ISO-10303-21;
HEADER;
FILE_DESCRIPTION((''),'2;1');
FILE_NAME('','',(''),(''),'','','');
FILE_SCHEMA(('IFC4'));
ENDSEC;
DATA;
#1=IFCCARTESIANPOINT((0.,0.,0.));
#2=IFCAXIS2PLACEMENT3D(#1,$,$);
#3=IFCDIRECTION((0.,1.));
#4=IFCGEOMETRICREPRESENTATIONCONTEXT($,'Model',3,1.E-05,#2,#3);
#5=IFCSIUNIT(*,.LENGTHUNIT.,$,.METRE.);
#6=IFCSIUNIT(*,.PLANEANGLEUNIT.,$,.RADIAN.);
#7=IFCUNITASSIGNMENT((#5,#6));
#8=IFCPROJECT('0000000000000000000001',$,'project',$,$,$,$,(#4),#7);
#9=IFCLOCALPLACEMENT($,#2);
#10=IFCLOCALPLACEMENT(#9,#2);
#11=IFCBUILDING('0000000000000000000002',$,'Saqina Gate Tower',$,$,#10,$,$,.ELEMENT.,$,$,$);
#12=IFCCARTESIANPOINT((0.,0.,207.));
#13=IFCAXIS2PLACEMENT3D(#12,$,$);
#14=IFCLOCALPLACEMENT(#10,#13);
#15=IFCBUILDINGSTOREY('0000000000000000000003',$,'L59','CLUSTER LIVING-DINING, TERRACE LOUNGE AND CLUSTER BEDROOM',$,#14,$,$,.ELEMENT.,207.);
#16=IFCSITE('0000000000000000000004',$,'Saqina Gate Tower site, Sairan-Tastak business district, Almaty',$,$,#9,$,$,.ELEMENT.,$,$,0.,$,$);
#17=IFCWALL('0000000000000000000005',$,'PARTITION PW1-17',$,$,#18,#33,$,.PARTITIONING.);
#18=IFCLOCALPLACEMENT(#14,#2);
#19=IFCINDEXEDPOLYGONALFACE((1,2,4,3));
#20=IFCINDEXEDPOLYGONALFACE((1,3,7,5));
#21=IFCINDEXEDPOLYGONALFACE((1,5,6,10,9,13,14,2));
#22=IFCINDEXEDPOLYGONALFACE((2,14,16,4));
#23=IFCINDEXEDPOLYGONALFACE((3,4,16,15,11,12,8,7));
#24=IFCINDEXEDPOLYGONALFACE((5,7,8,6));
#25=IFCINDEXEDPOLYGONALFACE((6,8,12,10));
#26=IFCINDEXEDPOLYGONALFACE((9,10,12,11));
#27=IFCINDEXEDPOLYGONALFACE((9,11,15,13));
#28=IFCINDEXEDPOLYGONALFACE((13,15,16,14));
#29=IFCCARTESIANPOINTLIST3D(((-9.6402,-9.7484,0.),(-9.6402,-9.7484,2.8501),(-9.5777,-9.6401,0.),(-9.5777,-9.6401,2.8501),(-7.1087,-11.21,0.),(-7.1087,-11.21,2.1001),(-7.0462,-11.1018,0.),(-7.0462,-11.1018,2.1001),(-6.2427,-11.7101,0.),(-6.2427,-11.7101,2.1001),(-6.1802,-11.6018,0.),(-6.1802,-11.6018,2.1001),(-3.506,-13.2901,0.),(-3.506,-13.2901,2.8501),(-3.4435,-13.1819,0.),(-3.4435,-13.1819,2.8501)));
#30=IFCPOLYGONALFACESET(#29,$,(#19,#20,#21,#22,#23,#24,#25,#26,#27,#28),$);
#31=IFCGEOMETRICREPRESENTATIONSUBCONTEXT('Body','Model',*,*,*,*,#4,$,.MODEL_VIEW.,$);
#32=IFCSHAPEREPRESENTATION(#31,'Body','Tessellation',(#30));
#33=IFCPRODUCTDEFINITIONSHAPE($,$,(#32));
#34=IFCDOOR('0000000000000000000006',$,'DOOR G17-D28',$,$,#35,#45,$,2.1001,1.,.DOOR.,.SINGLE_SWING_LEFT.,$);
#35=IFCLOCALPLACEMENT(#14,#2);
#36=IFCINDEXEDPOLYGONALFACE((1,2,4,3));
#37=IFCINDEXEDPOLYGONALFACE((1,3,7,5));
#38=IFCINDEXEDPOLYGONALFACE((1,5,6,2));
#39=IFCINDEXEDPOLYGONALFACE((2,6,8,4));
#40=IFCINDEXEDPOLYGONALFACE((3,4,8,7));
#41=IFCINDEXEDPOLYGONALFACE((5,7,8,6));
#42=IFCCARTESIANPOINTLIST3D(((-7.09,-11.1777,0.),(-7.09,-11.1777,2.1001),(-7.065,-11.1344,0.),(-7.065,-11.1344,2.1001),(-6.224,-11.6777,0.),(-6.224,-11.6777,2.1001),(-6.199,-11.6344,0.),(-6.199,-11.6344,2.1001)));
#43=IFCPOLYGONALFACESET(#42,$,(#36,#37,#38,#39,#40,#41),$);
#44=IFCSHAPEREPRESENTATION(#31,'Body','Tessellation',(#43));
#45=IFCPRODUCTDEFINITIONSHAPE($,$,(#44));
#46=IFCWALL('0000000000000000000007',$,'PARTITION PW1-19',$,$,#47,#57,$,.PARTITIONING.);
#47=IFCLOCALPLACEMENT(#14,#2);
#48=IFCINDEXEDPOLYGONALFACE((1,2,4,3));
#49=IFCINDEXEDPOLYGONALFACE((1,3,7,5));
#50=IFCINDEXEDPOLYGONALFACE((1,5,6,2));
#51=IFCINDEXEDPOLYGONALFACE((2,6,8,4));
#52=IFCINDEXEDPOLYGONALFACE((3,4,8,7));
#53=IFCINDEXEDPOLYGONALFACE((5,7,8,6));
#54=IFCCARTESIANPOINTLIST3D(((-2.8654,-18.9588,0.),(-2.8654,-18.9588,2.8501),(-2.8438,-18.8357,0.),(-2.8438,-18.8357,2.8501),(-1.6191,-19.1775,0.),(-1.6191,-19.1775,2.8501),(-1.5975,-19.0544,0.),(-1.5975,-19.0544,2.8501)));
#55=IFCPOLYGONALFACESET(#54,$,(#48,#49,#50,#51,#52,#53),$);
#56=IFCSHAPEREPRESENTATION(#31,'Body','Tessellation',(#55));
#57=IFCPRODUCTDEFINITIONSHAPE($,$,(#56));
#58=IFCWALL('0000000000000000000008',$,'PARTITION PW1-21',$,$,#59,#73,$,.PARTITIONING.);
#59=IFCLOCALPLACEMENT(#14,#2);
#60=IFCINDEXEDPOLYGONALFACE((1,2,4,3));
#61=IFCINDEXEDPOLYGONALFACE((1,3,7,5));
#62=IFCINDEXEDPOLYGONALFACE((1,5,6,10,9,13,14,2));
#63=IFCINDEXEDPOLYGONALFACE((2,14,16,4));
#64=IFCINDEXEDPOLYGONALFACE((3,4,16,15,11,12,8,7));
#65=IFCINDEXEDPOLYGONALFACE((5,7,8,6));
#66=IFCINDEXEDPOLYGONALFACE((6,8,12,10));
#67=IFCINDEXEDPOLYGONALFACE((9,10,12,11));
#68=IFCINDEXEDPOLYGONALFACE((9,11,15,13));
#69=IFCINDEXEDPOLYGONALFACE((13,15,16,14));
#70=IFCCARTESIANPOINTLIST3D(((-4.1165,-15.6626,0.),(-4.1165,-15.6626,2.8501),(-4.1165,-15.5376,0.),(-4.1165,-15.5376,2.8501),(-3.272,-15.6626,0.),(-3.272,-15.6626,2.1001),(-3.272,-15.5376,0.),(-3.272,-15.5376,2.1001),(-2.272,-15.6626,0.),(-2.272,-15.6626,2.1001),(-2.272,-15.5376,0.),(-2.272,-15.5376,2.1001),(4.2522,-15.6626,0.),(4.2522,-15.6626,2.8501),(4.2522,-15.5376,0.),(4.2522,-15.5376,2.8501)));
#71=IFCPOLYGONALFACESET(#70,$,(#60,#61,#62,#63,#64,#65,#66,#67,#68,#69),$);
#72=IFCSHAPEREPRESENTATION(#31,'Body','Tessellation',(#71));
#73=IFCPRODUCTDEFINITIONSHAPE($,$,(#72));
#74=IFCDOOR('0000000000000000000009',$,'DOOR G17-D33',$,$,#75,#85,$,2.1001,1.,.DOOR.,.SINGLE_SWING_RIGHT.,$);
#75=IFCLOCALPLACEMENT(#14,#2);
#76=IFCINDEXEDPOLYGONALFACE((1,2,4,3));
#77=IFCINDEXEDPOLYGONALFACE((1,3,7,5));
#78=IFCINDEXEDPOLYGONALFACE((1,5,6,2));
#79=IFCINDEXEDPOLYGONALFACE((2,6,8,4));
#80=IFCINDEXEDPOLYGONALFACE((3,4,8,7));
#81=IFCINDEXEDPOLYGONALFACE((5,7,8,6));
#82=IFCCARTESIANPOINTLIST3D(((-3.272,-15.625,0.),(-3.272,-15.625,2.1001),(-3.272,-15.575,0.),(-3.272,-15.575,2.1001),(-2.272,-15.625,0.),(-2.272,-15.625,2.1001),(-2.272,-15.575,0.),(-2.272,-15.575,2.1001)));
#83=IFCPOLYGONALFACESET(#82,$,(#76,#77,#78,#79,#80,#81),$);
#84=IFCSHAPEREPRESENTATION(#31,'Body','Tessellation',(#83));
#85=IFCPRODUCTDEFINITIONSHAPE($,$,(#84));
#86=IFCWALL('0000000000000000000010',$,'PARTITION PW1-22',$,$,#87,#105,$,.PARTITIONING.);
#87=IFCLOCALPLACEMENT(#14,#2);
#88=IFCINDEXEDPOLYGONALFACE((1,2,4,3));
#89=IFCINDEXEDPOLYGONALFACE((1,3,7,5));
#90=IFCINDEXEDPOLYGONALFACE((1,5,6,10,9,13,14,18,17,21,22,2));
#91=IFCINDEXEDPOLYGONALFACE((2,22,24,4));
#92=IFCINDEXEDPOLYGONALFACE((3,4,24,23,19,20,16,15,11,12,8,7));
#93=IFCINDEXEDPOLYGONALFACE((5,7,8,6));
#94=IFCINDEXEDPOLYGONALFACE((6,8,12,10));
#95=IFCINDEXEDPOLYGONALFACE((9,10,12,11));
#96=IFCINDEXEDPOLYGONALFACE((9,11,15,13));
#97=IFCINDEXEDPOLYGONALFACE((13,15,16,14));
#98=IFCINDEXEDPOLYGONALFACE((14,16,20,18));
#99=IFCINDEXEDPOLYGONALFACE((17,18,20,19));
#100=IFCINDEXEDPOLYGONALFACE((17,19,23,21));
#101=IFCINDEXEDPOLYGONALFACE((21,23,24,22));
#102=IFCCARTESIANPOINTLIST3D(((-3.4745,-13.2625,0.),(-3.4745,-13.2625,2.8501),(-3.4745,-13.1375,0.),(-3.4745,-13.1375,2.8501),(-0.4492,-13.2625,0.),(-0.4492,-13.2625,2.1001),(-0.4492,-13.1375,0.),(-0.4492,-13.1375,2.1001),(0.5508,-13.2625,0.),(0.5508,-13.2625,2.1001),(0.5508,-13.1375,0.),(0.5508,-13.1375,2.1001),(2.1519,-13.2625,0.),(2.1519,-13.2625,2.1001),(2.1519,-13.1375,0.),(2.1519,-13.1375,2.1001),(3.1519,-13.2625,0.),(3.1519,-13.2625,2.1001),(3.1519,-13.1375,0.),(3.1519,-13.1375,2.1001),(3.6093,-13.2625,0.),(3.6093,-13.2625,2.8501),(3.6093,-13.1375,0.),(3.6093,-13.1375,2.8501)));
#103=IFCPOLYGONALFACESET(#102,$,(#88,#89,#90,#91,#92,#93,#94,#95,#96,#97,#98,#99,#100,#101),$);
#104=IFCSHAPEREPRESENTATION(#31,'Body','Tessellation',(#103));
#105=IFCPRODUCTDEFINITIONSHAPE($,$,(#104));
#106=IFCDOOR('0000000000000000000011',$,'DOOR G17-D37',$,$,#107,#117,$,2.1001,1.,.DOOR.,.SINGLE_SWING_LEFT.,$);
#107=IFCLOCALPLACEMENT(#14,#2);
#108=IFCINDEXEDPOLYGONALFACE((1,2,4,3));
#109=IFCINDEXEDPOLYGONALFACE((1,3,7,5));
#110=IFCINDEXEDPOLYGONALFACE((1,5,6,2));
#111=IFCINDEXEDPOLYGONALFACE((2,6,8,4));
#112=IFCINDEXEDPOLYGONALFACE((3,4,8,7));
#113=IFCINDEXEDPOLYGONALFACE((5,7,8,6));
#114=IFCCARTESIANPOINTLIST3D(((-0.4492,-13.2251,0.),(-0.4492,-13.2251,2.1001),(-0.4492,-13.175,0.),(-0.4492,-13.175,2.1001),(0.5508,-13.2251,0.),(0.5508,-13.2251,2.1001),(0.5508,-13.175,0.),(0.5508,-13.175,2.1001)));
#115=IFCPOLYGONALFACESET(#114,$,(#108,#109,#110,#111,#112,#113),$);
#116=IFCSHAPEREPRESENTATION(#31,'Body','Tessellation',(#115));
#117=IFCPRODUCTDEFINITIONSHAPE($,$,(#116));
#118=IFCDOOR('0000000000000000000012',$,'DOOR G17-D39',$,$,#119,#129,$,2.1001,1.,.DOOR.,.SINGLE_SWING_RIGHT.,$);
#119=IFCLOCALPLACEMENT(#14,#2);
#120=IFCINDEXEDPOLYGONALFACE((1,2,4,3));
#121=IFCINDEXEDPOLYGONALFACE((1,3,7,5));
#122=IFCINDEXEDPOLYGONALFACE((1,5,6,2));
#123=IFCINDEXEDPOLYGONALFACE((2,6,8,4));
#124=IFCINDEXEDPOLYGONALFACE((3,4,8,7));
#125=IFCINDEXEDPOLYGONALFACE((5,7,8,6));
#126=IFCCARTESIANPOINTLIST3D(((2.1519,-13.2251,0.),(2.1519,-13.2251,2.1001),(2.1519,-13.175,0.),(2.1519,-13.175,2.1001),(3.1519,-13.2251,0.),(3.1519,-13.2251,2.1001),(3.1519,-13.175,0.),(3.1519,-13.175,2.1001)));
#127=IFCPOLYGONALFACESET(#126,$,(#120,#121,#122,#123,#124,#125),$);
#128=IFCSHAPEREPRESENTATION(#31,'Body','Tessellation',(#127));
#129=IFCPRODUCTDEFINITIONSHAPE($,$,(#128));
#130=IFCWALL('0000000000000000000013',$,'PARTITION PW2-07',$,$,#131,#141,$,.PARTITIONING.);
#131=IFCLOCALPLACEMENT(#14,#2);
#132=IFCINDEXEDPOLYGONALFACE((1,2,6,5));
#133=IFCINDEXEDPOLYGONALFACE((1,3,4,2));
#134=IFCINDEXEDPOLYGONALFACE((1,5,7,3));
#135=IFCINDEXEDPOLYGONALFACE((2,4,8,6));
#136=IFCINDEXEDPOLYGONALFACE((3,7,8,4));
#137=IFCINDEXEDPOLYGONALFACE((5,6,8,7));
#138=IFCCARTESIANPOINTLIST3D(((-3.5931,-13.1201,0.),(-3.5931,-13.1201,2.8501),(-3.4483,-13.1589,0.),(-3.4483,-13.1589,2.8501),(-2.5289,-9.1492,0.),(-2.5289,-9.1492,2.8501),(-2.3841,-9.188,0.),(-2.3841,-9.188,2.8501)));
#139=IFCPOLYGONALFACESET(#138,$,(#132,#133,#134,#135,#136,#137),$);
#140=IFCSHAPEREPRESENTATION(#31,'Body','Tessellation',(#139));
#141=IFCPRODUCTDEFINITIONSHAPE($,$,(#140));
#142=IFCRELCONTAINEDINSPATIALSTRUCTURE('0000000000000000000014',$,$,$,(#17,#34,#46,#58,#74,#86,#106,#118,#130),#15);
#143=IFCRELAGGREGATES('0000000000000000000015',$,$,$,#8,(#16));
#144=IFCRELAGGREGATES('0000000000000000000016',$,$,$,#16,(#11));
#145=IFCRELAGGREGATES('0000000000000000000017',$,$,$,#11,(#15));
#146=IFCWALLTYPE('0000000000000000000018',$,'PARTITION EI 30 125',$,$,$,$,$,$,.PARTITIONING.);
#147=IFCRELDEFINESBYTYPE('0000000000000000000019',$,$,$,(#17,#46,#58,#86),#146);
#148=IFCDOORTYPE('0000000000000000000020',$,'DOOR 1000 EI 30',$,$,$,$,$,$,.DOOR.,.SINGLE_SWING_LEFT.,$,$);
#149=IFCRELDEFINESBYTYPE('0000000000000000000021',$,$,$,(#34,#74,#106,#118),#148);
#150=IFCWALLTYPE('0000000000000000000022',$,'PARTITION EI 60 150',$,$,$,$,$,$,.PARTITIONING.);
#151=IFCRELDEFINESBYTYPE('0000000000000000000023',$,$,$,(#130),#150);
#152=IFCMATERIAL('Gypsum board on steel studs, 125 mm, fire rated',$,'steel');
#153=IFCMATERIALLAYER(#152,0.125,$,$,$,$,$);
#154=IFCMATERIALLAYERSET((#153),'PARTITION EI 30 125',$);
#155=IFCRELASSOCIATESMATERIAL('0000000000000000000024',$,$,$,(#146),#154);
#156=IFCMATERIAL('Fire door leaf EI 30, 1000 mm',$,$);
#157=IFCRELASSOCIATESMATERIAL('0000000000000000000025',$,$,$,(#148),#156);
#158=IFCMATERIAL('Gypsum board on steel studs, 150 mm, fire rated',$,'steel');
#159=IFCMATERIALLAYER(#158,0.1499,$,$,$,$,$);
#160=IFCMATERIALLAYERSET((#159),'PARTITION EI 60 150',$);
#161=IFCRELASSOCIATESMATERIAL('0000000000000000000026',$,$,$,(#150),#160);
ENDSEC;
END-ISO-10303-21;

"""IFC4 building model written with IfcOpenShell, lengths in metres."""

from ifc_helpers import new_model, si_unit, direction, frame, frame_2d, origin, place, context, subcontext, project, spatial, rectangle, extrude, material, layer, layer_set, type_object, element, fill, save


model = new_model("IFC4")

# Units and contexts
model_context = context("Model", 3, precision=1e-05, world=origin(), true_north=direction((0.0, 1.0)))
body_context = subcontext(model_context, "Body", "Model", "MODEL_VIEW")
ifc_project = project(units=[si_unit("LENGTHUNIT", "METRE"), si_unit("PLANEANGLEUNIT", "RADIAN")], contexts=[model_context])

# Site, building, storey
site_placement = place(None, origin())
site = spatial("IfcSite", under=ifc_project, at=site_placement, Name="Saqina Gate Tower site, Sairan-Tastak business district, Almaty", CompositionType="ELEMENT", RefElevation=0.0)
building_placement = place(site_placement, origin())
building = spatial("IfcBuilding", under=site, at=building_placement, Name="Saqina Gate Tower", CompositionType="ELEMENT")
storey_placement = place(building_placement, frame((0.0, 0.0, 207.0)))
storey = spatial("IfcBuildingStorey", under=building, at=storey_placement, Name="L59", Description="CLUSTER LIVING-DINING, TERRACE LOUNGE AND CLUSTER BEDROOM", CompositionType="ELEMENT", Elevation=207.0)

# Wall, opening, door
ifc_material_1 = material(Name="Gypsum board on steel studs, 125 mm, fire rated", Category="steel")
ifc_layer_1 = layer(ifc_material_1, 0.125)
ifc_layer_set_1 = layer_set([ifc_layer_1], Name="PARTITION EI 30 125")
wall_type_1 = type_object("IfcWallType", Name="PARTITION EI 30 125", PredefinedType="PARTITIONING", material=ifc_layer_set_1)
wall_1_placement = place(storey_placement, frame((-9.6089, -9.6943, 0.0), z_axis=(0.0, 0.0, 1.0), x_axis=(0.866018, -0.500013, 0.0)))
wall_1 = element("IfcWall", 1, at=wall_1_placement, inside=storey, type_object=wall_type_1, Name="PARTITION PW1-17", PredefinedType="PARTITIONING", context=body_context, shape_type="SweptSolid", body=[
    extrude(rectangle(XDim=7.0833, YDim=0.125, at=frame_2d((3.5415, 0.0))), origin(), (0.0, 0.0, 1.0), 2.8501),
])
opening_1_placement = place(wall_1_placement, frame((2.9231, 0.0, 0.0)))
opening_1 = element("IfcOpeningElement", 2, at=opening_1_placement, cuts=wall_1, PredefinedType="OPENING", context=body_context, shape_type="SweptSolid", body=[
    extrude(rectangle(XDim=1.0, YDim=2.1001, at=frame_2d((0.5, 1.05))), frame((0.0, 0.0745, 0.0), z_axis=(0.0, -1.0, 0.0), x_axis=(1.0, 0.0, 0.0)), (0.0, 0.0, 1.0), 0.1489),
])
ifc_material_2 = material(Name="Fire door leaf EI 30, 1000 mm")
door_type_1 = type_object("IfcDoorType", Name="DOOR 1000 EI 30", OperationType="SINGLE_SWING_LEFT", PredefinedType="DOOR", material=ifc_material_2)
door_1_placement = place(opening_1_placement, origin())
door_1 = element("IfcDoor", 3, at=door_1_placement, inside=storey, type_object=door_type_1, Name="DOOR G17-D28", OperationType="SINGLE_SWING_LEFT", OverallHeight=2.1001, OverallWidth=1.0, PredefinedType="DOOR", context=body_context, shape_type="SweptSolid", body=[
    extrude(rectangle(XDim=1.0, YDim=2.1001, at=frame_2d((0.5, 1.05))), frame((0.0, 0.0249, 0.0), z_axis=(0.0, -1.0, 0.0), x_axis=(1.0, 0.0, 0.0)), (0.0, 0.0, 1.0), 0.05),
])
fill(opening_1, door_1)

# Wall
wall_2_placement = place(storey_placement, frame((-2.8547, -18.8972, 0.0), z_axis=(0.0, 0.0, 1.0), x_axis=(0.984944, -0.172872, 0.0)))
element("IfcWall", 4, at=wall_2_placement, inside=storey, type_object=wall_type_1, Name="PARTITION PW1-19", PredefinedType="PARTITIONING", context=body_context, shape_type="SweptSolid", body=[
    extrude(rectangle(XDim=1.2654, YDim=0.125, at=frame_2d((0.6328, 0.0))), origin(), (0.0, 0.0, 1.0), 2.8501),
])

# Wall, opening, door
wall_3_placement = place(storey_placement, frame((-4.1165, -15.6001, 0.0), z_axis=(0.0, 0.0, 1.0), x_axis=(1.0, 0.0, 0.0)))
wall_3 = element("IfcWall", 5, at=wall_3_placement, inside=storey, type_object=wall_type_1, Name="PARTITION PW1-21", PredefinedType="PARTITIONING", context=body_context, shape_type="SweptSolid", body=[
    extrude(rectangle(XDim=8.3687, YDim=0.125, at=frame_2d((4.1843, 0.0))), origin(), (0.0, 0.0, 1.0), 2.8501),
])
opening_2_placement = place(wall_3_placement, frame((0.8445, 0.0, 0.0)))
opening_2 = element("IfcOpeningElement", 6, at=opening_2_placement, cuts=wall_3, PredefinedType="OPENING", context=body_context, shape_type="SweptSolid", body=[
    extrude(rectangle(XDim=1.0, YDim=2.1001, at=frame_2d((0.5, 1.05))), frame((0.0, 0.0745, 0.0), z_axis=(0.0, -1.0, 0.0), x_axis=(1.0, 0.0, 0.0)), (0.0, 0.0, 1.0), 0.1489),
])
door_2_placement = place(opening_2_placement, frame((1.0, 0.0, 0.0), z_axis=(0.0, 0.0, 1.0), x_axis=(-1.0, 0.0, 0.0)))
door_2 = element("IfcDoor", 7, at=door_2_placement, inside=storey, type_object=door_type_1, Name="DOOR G17-D33", OperationType="SINGLE_SWING_RIGHT", OverallHeight=2.1001, OverallWidth=1.0, PredefinedType="DOOR", context=body_context, shape_type="SweptSolid", body=[
    extrude(rectangle(XDim=1.0, YDim=2.1001, at=frame_2d((0.5, 1.05))), frame((0.0, 0.0249, 0.0), z_axis=(0.0, -1.0, 0.0), x_axis=(1.0, 0.0, 0.0)), (0.0, 0.0, 1.0), 0.05),
])
fill(opening_2, door_2)

# Wall, openings, doors
wall_4_placement = place(storey_placement, frame((-3.4746, -13.2, 0.0), z_axis=(0.0, 0.0, 1.0), x_axis=(1.0, 0.0, 0.0)))
wall_4 = element("IfcWall", 8, at=wall_4_placement, inside=storey, type_object=wall_type_1, Name="PARTITION PW1-22", PredefinedType="PARTITIONING", context=body_context, shape_type="SweptSolid", body=[
    extrude(rectangle(XDim=7.0837, YDim=0.125, at=frame_2d((3.542, 0.0))), origin(), (0.0, 0.0, 1.0), 2.8501),
])
opening_3_placement = place(wall_4_placement, frame((3.0254, 0.0, 0.0)))
opening_3 = element("IfcOpeningElement", 9, at=opening_3_placement, cuts=wall_4, PredefinedType="OPENING", context=body_context, shape_type="SweptSolid", body=[
    extrude(rectangle(XDim=1.0, YDim=2.1001, at=frame_2d((0.5, 1.05))), frame((0.0, 0.0745, 0.0), z_axis=(0.0, -1.0, 0.0), x_axis=(1.0, 0.0, 0.0)), (0.0, 0.0, 1.0), 0.1489),
])
opening_4_placement = place(wall_4_placement, frame((5.6265, 0.0, 0.0)))
opening_4 = element("IfcOpeningElement", 10, at=opening_4_placement, cuts=wall_4, PredefinedType="OPENING", context=body_context, shape_type="SweptSolid", body=[
    extrude(rectangle(XDim=1.0, YDim=2.1001, at=frame_2d((0.5, 1.05))), frame((0.0, 0.0745, 0.0), z_axis=(0.0, -1.0, 0.0), x_axis=(1.0, 0.0, 0.0)), (0.0, 0.0, 1.0), 0.1489),
])
door_3_placement = place(opening_3_placement, origin())
door_3 = element("IfcDoor", 11, at=door_3_placement, inside=storey, type_object=door_type_1, Name="DOOR G17-D37", OperationType="SINGLE_SWING_LEFT", OverallHeight=2.1001, OverallWidth=1.0, PredefinedType="DOOR", context=body_context, shape_type="SweptSolid", body=[
    extrude(rectangle(XDim=1.0, YDim=2.1001, at=frame_2d((0.5, 1.05))), frame((0.0, 0.0249, 0.0), z_axis=(0.0, -1.0, 0.0), x_axis=(1.0, 0.0, 0.0)), (0.0, 0.0, 1.0), 0.05),
])
fill(opening_3, door_3)
door_4_placement = place(opening_4_placement, origin())
door_4 = element("IfcDoor", 12, at=door_4_placement, inside=storey, type_object=door_type_1, Name="DOOR G17-D39", OperationType="SINGLE_SWING_RIGHT", OverallHeight=2.1001, OverallWidth=1.0, PredefinedType="DOOR", context=body_context, shape_type="SweptSolid", body=[
    extrude(rectangle(XDim=1.0, YDim=2.1001, at=frame_2d((0.5, 1.05))), frame((0.0, 0.0249, 0.0), z_axis=(0.0, -1.0, 0.0), x_axis=(1.0, 0.0, 0.0)), (0.0, 0.0, 1.0), 0.05),
])
fill(opening_4, door_4)

# Wall
ifc_material_3 = material(Name="Gypsum board on steel studs, 150 mm, fire rated", Category="steel")
ifc_layer_2 = layer(ifc_material_3, 0.1499)
ifc_layer_set_2 = layer_set([ifc_layer_2], Name="PARTITION EI 60 150")
wall_type_2 = type_object("IfcWallType", Name="PARTITION EI 60 150", PredefinedType="PARTITIONING", material=ifc_layer_set_2)
wall_5_placement = place(storey_placement, frame((-3.5208, -13.1396, 0.0), z_axis=(0.0, 0.0, 1.0), x_axis=(0.258864, 0.965914, 0.0)))
element("IfcWall", 13, at=wall_5_placement, inside=storey, type_object=wall_type_2, Name="PARTITION PW2-07", PredefinedType="PARTITIONING", context=body_context, shape_type="SweptSolid", body=[
    extrude(rectangle(XDim=4.1111, YDim=0.1499, at=frame_2d((2.0557, 0.0))), origin(), (0.0, 0.0, 1.0), 2.8501),
])

save(model, "model.ifc")
